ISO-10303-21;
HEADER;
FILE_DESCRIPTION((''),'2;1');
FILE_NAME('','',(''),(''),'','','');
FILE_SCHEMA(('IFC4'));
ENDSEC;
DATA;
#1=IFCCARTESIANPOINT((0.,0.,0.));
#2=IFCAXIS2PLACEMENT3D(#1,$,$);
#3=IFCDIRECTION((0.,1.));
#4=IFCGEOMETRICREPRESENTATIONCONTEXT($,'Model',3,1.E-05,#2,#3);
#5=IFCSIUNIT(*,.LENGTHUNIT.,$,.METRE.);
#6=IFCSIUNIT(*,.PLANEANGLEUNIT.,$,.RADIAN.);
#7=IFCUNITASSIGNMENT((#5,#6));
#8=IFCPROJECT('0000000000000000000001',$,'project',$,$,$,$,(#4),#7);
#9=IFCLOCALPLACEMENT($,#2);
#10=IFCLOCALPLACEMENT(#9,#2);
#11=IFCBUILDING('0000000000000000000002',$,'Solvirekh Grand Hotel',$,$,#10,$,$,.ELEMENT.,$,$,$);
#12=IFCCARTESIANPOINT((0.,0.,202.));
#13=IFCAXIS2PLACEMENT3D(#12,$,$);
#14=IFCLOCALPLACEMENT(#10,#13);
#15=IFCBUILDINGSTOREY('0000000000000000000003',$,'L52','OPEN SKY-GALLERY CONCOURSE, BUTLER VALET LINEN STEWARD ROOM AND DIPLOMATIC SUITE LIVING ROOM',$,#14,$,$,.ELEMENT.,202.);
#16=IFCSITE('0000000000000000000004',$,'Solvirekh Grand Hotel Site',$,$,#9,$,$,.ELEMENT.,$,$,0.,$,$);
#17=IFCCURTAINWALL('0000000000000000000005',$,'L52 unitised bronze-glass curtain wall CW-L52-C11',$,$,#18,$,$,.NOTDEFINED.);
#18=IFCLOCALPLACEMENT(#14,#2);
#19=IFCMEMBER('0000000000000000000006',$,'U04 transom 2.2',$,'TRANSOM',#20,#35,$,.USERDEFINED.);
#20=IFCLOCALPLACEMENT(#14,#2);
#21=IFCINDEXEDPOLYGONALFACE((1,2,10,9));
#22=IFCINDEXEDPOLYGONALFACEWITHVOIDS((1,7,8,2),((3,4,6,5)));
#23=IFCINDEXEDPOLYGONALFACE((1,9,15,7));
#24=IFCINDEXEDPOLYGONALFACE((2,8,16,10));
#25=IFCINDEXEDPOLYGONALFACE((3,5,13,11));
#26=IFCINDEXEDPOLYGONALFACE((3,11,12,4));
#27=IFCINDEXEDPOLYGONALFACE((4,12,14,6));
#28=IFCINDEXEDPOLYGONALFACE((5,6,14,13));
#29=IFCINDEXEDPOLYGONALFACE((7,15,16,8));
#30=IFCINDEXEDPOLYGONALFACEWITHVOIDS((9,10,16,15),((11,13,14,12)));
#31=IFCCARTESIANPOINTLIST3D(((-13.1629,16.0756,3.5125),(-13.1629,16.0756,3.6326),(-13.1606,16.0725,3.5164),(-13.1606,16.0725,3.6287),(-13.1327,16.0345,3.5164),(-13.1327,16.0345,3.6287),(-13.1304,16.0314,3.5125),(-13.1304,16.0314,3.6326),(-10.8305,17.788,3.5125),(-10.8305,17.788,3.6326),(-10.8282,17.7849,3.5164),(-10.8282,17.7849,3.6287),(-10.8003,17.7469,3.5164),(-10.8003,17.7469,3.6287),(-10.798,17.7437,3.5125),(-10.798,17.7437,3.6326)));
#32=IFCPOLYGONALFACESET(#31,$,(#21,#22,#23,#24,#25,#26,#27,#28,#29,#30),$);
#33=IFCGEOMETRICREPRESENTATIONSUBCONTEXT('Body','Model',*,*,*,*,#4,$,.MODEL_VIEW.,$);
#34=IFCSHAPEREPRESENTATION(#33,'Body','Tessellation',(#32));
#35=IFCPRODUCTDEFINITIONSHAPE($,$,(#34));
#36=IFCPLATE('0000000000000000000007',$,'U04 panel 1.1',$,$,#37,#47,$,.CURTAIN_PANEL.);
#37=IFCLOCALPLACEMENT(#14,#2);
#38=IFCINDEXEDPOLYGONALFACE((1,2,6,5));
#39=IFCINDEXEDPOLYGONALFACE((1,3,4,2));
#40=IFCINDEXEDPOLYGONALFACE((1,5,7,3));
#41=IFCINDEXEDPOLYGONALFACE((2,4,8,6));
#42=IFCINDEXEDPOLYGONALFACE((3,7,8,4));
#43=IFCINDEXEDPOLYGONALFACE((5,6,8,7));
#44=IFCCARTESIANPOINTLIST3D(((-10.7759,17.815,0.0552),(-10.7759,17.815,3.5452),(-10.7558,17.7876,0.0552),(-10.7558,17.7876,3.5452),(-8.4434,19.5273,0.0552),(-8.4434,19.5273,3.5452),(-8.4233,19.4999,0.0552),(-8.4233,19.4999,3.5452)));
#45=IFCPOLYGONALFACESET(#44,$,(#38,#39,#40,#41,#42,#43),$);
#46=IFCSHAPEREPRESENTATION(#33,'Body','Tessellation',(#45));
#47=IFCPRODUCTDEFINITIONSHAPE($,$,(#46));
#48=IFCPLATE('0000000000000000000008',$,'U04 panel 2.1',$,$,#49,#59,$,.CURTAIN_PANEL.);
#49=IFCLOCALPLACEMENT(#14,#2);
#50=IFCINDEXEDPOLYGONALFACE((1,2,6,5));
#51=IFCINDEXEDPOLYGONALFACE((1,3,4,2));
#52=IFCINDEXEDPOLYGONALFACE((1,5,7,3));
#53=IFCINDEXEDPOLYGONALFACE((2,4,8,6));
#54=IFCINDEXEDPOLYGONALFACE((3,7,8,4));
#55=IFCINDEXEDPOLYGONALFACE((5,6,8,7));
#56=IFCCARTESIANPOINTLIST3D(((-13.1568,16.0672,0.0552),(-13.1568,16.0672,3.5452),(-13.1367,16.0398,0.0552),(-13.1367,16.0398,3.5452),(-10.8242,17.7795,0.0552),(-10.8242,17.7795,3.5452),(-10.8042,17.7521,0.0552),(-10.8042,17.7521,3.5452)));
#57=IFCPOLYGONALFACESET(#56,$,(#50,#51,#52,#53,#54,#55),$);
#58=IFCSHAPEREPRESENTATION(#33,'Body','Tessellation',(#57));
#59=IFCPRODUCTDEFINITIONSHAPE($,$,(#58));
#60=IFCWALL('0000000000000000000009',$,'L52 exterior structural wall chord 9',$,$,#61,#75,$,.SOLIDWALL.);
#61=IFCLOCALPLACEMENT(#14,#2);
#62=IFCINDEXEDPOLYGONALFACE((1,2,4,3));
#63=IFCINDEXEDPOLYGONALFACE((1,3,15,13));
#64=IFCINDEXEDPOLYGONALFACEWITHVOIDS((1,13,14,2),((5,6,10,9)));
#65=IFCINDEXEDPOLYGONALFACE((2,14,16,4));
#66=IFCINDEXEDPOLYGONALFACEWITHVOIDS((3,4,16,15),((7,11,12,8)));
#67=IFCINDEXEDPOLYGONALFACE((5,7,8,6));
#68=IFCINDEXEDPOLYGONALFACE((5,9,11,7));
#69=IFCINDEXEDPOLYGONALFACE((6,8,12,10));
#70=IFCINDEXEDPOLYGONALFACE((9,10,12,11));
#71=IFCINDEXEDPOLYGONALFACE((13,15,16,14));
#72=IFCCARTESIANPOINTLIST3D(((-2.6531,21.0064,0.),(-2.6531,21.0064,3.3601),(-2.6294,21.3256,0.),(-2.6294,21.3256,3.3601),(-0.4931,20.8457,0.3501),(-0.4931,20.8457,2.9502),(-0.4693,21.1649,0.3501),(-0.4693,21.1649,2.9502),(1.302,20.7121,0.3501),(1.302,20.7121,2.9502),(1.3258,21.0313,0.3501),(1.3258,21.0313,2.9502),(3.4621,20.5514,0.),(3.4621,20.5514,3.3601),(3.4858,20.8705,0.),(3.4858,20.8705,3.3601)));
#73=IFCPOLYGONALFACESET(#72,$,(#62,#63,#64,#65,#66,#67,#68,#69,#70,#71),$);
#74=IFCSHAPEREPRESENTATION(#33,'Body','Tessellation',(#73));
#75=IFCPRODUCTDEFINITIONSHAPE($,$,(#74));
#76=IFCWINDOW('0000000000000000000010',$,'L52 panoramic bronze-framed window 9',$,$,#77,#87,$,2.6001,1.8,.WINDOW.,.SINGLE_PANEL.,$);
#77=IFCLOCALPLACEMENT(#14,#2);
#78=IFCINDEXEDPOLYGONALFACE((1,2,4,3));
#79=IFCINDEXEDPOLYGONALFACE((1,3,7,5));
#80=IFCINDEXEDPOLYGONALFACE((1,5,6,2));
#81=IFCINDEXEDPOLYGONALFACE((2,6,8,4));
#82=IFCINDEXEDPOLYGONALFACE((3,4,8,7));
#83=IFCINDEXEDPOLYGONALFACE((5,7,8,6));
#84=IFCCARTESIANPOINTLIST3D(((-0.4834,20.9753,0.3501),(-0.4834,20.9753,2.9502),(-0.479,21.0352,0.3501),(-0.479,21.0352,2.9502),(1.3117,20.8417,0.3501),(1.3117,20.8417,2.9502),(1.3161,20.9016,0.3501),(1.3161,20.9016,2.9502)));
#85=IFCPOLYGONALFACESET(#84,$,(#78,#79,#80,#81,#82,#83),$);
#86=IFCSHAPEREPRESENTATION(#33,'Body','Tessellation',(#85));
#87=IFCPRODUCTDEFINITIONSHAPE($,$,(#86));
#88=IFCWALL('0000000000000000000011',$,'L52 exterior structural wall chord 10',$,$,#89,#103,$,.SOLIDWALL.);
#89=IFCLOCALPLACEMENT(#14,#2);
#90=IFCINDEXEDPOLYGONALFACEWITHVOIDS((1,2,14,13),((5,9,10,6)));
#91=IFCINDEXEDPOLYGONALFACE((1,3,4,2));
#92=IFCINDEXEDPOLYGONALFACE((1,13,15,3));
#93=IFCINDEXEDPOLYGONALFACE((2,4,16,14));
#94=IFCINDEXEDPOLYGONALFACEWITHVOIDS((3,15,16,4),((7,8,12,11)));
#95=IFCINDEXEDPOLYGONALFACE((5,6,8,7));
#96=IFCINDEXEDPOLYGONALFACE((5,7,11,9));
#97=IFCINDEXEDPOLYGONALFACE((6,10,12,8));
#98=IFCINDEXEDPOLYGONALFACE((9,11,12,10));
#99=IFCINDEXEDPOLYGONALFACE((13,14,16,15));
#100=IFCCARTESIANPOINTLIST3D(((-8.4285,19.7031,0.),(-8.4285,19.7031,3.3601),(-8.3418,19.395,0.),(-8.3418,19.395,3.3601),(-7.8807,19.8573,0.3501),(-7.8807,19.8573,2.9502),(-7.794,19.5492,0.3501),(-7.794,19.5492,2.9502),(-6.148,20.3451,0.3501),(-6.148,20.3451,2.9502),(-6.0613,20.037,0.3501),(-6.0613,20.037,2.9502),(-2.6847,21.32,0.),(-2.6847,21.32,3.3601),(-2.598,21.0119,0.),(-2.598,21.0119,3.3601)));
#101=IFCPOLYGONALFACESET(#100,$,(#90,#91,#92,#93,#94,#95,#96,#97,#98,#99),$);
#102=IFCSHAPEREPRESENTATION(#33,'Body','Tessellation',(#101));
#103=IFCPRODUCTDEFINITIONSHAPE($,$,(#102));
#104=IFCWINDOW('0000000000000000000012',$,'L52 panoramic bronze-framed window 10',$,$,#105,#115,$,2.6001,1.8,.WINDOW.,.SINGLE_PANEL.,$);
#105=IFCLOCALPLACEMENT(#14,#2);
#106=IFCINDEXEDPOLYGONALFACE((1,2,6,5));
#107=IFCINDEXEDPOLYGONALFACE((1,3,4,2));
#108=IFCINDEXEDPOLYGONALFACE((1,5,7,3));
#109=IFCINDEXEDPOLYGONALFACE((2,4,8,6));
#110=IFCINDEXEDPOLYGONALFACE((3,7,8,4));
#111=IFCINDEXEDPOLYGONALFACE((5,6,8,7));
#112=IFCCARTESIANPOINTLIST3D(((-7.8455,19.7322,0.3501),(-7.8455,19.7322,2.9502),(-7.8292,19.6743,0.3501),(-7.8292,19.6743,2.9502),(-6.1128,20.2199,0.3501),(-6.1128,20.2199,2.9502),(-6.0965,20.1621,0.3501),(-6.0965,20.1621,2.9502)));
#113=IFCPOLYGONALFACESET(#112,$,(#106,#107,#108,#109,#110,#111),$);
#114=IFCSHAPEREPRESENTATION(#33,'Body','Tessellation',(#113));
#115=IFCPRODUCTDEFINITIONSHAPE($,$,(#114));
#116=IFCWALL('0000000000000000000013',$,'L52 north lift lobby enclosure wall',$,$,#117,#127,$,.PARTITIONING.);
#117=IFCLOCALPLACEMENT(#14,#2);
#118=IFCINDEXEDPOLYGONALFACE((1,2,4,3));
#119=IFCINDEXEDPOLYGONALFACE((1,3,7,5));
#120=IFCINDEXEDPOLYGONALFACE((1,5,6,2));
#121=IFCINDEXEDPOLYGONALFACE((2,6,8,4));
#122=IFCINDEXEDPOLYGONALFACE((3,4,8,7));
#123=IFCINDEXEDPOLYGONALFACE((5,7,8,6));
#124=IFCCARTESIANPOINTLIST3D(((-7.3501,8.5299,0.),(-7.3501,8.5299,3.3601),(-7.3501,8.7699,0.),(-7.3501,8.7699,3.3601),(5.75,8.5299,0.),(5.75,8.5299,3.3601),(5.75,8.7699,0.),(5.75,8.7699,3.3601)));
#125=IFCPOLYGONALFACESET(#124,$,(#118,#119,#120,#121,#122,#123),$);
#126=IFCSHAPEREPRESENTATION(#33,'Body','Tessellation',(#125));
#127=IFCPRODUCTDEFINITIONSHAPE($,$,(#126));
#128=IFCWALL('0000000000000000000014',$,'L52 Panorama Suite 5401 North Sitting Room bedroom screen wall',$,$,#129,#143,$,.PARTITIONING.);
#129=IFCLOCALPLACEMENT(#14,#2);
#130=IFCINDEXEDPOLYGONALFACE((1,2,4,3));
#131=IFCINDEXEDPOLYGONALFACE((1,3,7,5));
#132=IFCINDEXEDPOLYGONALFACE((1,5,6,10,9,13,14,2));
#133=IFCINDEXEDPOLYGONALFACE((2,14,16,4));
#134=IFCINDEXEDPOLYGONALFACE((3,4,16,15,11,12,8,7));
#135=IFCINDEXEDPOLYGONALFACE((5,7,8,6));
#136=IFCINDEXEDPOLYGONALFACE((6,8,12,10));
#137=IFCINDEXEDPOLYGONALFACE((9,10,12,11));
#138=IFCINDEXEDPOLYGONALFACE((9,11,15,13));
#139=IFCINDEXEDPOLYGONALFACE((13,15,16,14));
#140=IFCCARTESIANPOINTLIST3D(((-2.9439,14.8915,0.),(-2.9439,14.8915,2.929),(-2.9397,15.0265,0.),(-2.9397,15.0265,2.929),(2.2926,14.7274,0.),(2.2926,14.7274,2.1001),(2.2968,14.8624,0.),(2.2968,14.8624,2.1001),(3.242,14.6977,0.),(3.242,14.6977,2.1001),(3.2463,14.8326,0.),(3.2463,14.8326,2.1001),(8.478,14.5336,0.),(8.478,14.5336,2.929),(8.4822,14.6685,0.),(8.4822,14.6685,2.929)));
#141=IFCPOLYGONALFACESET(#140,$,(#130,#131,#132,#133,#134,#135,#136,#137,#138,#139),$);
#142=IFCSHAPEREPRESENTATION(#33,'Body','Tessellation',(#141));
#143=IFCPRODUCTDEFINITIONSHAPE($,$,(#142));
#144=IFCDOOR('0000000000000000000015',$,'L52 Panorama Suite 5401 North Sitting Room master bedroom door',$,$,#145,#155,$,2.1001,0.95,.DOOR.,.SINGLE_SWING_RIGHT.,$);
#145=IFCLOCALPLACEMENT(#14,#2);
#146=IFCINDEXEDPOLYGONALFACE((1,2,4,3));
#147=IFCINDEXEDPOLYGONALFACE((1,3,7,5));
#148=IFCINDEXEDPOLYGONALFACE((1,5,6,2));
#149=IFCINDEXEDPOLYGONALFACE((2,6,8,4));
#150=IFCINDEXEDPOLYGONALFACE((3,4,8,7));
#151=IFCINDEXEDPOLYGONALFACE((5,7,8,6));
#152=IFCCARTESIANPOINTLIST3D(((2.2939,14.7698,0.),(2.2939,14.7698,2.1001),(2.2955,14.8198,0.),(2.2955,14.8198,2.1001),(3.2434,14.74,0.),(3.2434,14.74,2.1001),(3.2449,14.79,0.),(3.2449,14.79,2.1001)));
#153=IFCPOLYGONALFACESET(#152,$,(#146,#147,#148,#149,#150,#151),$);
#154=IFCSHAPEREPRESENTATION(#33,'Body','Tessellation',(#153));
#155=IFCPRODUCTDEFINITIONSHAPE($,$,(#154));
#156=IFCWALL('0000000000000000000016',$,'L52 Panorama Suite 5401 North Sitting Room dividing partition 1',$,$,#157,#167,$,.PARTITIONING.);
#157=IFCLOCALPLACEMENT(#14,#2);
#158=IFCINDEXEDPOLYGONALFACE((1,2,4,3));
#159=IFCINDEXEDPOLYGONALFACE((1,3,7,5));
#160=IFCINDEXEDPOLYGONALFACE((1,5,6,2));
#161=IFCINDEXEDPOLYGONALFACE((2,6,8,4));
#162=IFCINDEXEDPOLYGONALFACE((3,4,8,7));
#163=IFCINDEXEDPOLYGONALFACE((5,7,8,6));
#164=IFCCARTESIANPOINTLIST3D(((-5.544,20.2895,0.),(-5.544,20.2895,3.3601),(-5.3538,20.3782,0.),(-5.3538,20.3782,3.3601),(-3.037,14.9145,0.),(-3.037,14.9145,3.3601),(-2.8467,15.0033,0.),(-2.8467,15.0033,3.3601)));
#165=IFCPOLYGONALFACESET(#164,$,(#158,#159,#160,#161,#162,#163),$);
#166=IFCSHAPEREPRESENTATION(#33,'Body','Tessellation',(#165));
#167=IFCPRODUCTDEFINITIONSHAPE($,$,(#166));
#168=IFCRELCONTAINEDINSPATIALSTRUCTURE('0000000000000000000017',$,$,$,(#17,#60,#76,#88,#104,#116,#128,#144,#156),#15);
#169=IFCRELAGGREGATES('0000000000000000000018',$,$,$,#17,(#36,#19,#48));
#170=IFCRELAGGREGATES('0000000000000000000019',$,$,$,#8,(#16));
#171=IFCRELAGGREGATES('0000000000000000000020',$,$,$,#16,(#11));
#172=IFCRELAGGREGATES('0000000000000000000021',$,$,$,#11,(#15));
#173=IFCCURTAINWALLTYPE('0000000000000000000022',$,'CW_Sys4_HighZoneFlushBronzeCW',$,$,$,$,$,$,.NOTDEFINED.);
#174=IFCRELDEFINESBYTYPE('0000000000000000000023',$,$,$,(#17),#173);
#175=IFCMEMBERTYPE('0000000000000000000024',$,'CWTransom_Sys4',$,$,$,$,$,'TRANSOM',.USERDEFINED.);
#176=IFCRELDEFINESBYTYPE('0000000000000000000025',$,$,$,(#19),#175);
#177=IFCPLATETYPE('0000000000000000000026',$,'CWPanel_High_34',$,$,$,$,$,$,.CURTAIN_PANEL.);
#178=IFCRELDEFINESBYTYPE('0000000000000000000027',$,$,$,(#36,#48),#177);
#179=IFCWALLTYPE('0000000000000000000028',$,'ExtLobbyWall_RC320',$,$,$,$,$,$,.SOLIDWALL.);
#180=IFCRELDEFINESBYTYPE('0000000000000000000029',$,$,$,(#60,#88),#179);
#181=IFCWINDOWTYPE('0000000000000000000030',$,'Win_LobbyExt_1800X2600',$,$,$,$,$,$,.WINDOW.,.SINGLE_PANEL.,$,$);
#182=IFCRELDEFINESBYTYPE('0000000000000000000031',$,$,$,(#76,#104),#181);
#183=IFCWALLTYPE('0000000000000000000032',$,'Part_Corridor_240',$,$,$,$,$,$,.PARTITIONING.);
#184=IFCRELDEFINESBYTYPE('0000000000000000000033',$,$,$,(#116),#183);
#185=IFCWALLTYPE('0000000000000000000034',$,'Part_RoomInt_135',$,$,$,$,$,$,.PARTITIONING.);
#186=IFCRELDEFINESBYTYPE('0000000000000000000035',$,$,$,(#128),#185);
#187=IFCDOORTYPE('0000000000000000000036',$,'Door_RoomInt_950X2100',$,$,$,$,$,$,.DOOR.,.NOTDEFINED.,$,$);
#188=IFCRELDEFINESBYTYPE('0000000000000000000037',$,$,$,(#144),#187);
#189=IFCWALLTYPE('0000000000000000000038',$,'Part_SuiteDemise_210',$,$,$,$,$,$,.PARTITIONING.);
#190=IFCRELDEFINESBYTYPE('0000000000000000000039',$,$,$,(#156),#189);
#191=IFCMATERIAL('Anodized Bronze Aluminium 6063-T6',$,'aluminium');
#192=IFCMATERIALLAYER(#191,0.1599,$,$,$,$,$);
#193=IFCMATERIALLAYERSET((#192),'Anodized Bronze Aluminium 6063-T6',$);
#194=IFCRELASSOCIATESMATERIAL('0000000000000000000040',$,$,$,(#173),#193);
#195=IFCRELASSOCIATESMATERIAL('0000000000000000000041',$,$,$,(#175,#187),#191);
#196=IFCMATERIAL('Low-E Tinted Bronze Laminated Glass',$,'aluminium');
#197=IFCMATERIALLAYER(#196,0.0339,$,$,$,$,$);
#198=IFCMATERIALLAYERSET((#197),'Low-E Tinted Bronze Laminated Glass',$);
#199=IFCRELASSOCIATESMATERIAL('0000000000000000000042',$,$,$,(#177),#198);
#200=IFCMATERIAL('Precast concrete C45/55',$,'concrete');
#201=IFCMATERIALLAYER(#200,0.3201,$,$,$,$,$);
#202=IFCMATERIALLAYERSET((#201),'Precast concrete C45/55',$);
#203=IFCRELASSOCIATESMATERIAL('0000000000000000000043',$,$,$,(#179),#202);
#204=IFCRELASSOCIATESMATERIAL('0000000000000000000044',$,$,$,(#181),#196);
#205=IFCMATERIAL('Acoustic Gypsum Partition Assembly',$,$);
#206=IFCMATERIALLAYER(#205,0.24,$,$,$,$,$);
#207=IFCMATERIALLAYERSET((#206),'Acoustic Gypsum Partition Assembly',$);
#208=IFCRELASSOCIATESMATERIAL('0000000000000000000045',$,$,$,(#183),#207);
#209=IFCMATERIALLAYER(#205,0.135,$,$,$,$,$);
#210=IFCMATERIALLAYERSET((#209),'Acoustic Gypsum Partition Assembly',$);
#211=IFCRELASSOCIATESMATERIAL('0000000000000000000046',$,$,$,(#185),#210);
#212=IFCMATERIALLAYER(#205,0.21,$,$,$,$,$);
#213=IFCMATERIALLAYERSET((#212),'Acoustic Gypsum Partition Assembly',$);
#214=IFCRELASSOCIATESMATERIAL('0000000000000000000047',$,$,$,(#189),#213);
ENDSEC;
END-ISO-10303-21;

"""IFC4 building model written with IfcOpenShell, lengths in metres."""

from ifc_helpers import new_model, si_unit, direction, frame, frame_2d, origin, origin_2d, place, context, subcontext, project, spatial, rectangle, hollow_rectangle, extrude, source, transform, mapped, material, layer, layer_set, material_profile, profile_set, type_object, element, fill, aggregate, save


model = new_model("IFC4")

# Units and contexts
model_context = context("Model", 3, precision=1e-05, world=origin(), true_north=direction((0.0, 1.0)))
body_context = subcontext(model_context, "Body", "Model", "MODEL_VIEW")
ifc_project = project(units=[si_unit("LENGTHUNIT", "METRE"), si_unit("PLANEANGLEUNIT", "RADIAN")], contexts=[model_context])

# Site, building, storey
site_placement = place(None, origin())
site = spatial("IfcSite", under=ifc_project, at=site_placement, Name="Solvirekh Grand Hotel Site", CompositionType="ELEMENT", RefElevation=0.0)
building_placement = place(site_placement, origin())
building = spatial("IfcBuilding", under=site, at=building_placement, Name="Solvirekh Grand Hotel", CompositionType="ELEMENT")
storey_placement = place(building_placement, frame((0.0, 0.0, 202.0)))
storey = spatial("IfcBuildingStorey", under=building, at=storey_placement, Name="L52", Description="OPEN SKY-GALLERY CONCOURSE, BUTLER VALET LINEN STEWARD ROOM AND DIPLOMATIC SUITE LIVING ROOM", CompositionType="ELEMENT", Elevation=202.0)

# Curtain wall, member, plates
ifc_material_1 = material(Name="Anodized Bronze Aluminium 6063-T6", Category="aluminium")
ifc_layer_1 = layer(ifc_material_1, 0.1599)
ifc_layer_set_1 = layer_set([ifc_layer_1], Name="Anodized Bronze Aluminium 6063-T6")
curtain_wall_type = type_object("IfcCurtainWallType", Name="CW_Sys4_HighZoneFlushBronzeCW", PredefinedType="NOTDEFINED", material=ifc_layer_set_1)
curtain_wall_placement = place(storey_placement, origin())
curtain_wall = element("IfcCurtainWall", 1, at=curtain_wall_placement, inside=storey, type_object=curtain_wall_type, Name="L52 unitised bronze-glass curtain wall CW-L52-C11", PredefinedType="NOTDEFINED")
ifc_material_profile_1 = material_profile(ifc_material_1, hollow_rectangle(XDim=0.0549, YDim=0.1201, WallThickness=0.0039, at=origin_2d()), Name="ALU RHS 120X55X4")
ifc_profile_set_1 = profile_set([ifc_material_profile_1], Name="Anodized Bronze Aluminium 6063-T6")
member_type_1 = type_object("IfcMemberType", Name="CWTransom_Sys4", ElementType="TRANSOM", PredefinedType="USERDEFINED", material=ifc_profile_set_1)
shared_shape_1 = source(origin(), body_context, "Body", "SweptSolid", [
    extrude(hollow_rectangle(XDim=0.0549, YDim=0.1201, WallThickness=0.0039, at=origin_2d()), origin(), (0.0, 0.0, 1.0), 2.8936),
])
member_1_placement = place(storey_placement, frame((-10.8142, 17.7659, 3.5725), z_axis=(-0.806094, -0.591788, 0.0), x_axis=(0.591788, -0.806094, 0.0)))
member_1 = element("IfcMember", 2, at=member_1_placement, type_object=member_type_1, Name="U04 transom 2.2", ObjectType="TRANSOM", PredefinedType="USERDEFINED", context=body_context, shape_type="MappedRepresentation", body=[
    mapped(shared_shape_1, transform((0.0, 0.0, 0.0), x_axis=(1.0, 0.0, 0.0), y_axis=(0.0, 1.0, 0.0), z_axis=(0.0, 0.0, 1.0), scale=1.0)),
])
ifc_material_2 = material(Name="Low-E Tinted Bronze Laminated Glass", Category="aluminium")
ifc_layer_2 = layer(ifc_material_2, 0.0339)
ifc_layer_set_2 = layer_set([ifc_layer_2], Name="Low-E Tinted Bronze Laminated Glass")
plate_type = type_object("IfcPlateType", Name="CWPanel_High_34", PredefinedType="CURTAIN_PANEL", material=ifc_layer_set_2)
shared_shape_2 = source(origin(), body_context, "Body", "SweptSolid", [
    extrude(rectangle(XDim=2.8936, YDim=0.0339, at=origin_2d()), origin(), (0.0, 0.0, 1.0), 3.49),
])
plate_1_placement = place(storey_placement, frame((-9.5996, 18.6575, 0.0552), z_axis=(0.0, 0.0, 1.0), x_axis=(-0.806112, -0.591763, 0.0)))
plate_1 = element("IfcPlate", 3, at=plate_1_placement, type_object=plate_type, Name="U04 panel 1.1", PredefinedType="CURTAIN_PANEL", context=body_context, shape_type="MappedRepresentation", body=[
    mapped(shared_shape_2, transform((0.0, 0.0, 0.0), x_axis=(1.0, 0.0, 0.0), y_axis=(0.0, 1.0, 0.0), z_axis=(0.0, 0.0, 1.0), scale=1.0)),
])
plate_2_placement = place(storey_placement, frame((-11.9805, 16.9097, 0.0552), z_axis=(0.0, 0.0, 1.0), x_axis=(-0.806112, -0.591763, 0.0)))
plate_2 = element("IfcPlate", 4, at=plate_2_placement, type_object=plate_type, Name="U04 panel 2.1", PredefinedType="CURTAIN_PANEL", context=body_context, shape_type="MappedRepresentation", body=[
    mapped(shared_shape_2, transform((0.0, 0.0, 0.0), x_axis=(1.0, 0.0, 0.0), y_axis=(0.0, 1.0, 0.0), z_axis=(0.0, 0.0, 1.0), scale=1.0)),
])
aggregate(curtain_wall, [plate_1, member_1, plate_2])

# Walls, openings, windows
ifc_material_3 = material(Name="Precast concrete C45/55", Category="concrete")
ifc_layer_3 = layer(ifc_material_3, 0.3201)
ifc_layer_set_3 = layer_set([ifc_layer_3], Name="Precast concrete C45/55")
wall_type_1 = type_object("IfcWallType", Name="ExtLobbyWall_RC320", PredefinedType="SOLIDWALL", material=ifc_layer_set_3)
wall_1_placement = place(storey_placement, frame((-2.6411, 21.166, 0.0), z_axis=(0.0, 0.0, 1.0), x_axis=(0.997242, -0.074212, 0.0)))
wall_1 = element("IfcWall", 5, at=wall_1_placement, inside=storey, type_object=wall_type_1, Name="L52 exterior structural wall chord 9", PredefinedType="SOLIDWALL", context=body_context, shape_type="SweptSolid", body=[
    extrude(rectangle(XDim=6.1321, YDim=0.3201, at=frame_2d((3.0659, 0.0))), origin(), (0.0, 0.0, 1.0), 3.3601),
])
opening_1_placement = place(wall_1_placement, frame((2.166, 0.0, 0.3501)))
opening_1 = element("IfcOpeningElement", 6, at=opening_1_placement, cuts=wall_1, PredefinedType="OPENING", context=body_context, shape_type="SweptSolid", body=[
    extrude(rectangle(XDim=1.8, YDim=2.6001, at=frame_2d((0.8999, 1.3))), frame((0.0, 0.1699, 0.0), z_axis=(0.0, -1.0, 0.0), x_axis=(1.0, 0.0, 0.0)), (0.0, 0.0, 1.0), 0.3401),
])
window_type = type_object("IfcWindowType", Name="Win_LobbyExt_1800X2600", PartitioningType="SINGLE_PANEL", PredefinedType="WINDOW", material=ifc_material_2)
window_1_placement = place(opening_1_placement, origin())
window_1 = element("IfcWindow", 7, at=window_1_placement, inside=storey, type_object=window_type, Name="L52 panoramic bronze-framed window 9", OverallHeight=2.6001, OverallWidth=1.8, PartitioningType="SINGLE_PANEL", PredefinedType="WINDOW", context=body_context, shape_type="SweptSolid", body=[
    extrude(rectangle(XDim=1.8, YDim=2.6001, at=frame_2d((0.8999, 1.3))), frame((0.0, 0.03, 0.0), z_axis=(0.0, -1.0, 0.0), x_axis=(1.0, 0.0, 0.0)), (0.0, 0.0, 1.0), 0.0601),
])
fill(opening_1, window_1)
wall_2_placement = place(storey_placement, frame((-8.385, 19.5491, 0.0), z_axis=(0.0, 0.0, 1.0), x_axis=(0.962587, 0.270974, 0.0)))
wall_2 = element("IfcWall", 8, at=wall_2_placement, inside=storey, type_object=wall_type_1, Name="L52 exterior structural wall chord 10", PredefinedType="SOLIDWALL", context=body_context, shape_type="SweptSolid", body=[
    extrude(rectangle(XDim=5.967, YDim=0.3201, at=frame_2d((2.9834, 0.0))), origin(), (0.0, 0.0, 1.0), 3.3601),
])
opening_2_placement = place(wall_2_placement, frame((0.5691, 0.0, 0.3501)))
opening_2 = element("IfcOpeningElement", 9, at=opening_2_placement, cuts=wall_2, PredefinedType="OPENING", context=body_context, shape_type="SweptSolid", body=[
    extrude(rectangle(XDim=1.8, YDim=2.6001, at=frame_2d((0.8999, 1.3))), frame((0.0, 0.1699, 0.0), z_axis=(0.0, -1.0, 0.0), x_axis=(1.0, 0.0, 0.0)), (0.0, 0.0, 1.0), 0.3401),
])
window_2_placement = place(opening_2_placement, origin())
window_2 = element("IfcWindow", 10, at=window_2_placement, inside=storey, type_object=window_type, Name="L52 panoramic bronze-framed window 10", OverallHeight=2.6001, OverallWidth=1.8, PartitioningType="SINGLE_PANEL", PredefinedType="WINDOW", context=body_context, shape_type="SweptSolid", body=[
    extrude(rectangle(XDim=1.8, YDim=2.6001, at=frame_2d((0.8999, 1.3))), frame((0.0, 0.03, 0.0), z_axis=(0.0, -1.0, 0.0), x_axis=(1.0, 0.0, 0.0)), (0.0, 0.0, 1.0), 0.0601),
])
fill(opening_2, window_2)

# Wall
ifc_material_4 = material(Name="Acoustic Gypsum Partition Assembly")
ifc_layer_4 = layer(ifc_material_4, 0.24)
ifc_layer_set_4 = layer_set([ifc_layer_4], Name="Acoustic Gypsum Partition Assembly")
wall_type_2 = type_object("IfcWallType", Name="Part_Corridor_240", PredefinedType="PARTITIONING", material=ifc_layer_set_4)
wall_3_placement = place(storey_placement, frame((-7.3501, 8.6499, 0.0), z_axis=(0.0, 0.0, 1.0), x_axis=(1.0, 0.0, 0.0)))
element("IfcWall", 11, at=wall_3_placement, inside=storey, type_object=wall_type_2, Name="L52 north lift lobby enclosure wall", PredefinedType="PARTITIONING", context=body_context, shape_type="SweptSolid", body=[
    extrude(rectangle(XDim=13.1001, YDim=0.24, at=frame_2d((6.55, 0.0))), origin(), (0.0, 0.0, 1.0), 3.3601),
])

# Wall, opening, door
ifc_layer_5 = layer(ifc_material_4, 0.135)
ifc_layer_set_5 = layer_set([ifc_layer_5], Name="Acoustic Gypsum Partition Assembly")
wall_type_3 = type_object("IfcWallType", Name="Part_RoomInt_135", PredefinedType="PARTITIONING", material=ifc_layer_set_5)
wall_4_placement = place(storey_placement, frame((-2.9419, 14.959, 0.0), z_axis=(0.0, 0.0, 1.0), x_axis=(0.999509, -0.03132, 0.0)))
wall_4 = element("IfcWall", 12, at=wall_4_placement, inside=storey, type_object=wall_type_3, Name="L52 Panorama Suite 5401 North Sitting Room bedroom screen wall", PredefinedType="PARTITIONING", context=body_context, shape_type="SweptSolid", body=[
    extrude(rectangle(XDim=11.4275, YDim=0.135, at=frame_2d((5.7139, 0.0))), origin(), (0.0, 0.0, 1.0), 2.929),
])
opening_3_placement = place(wall_4_placement, frame((5.239, 0.0, 0.0)))
opening_3 = element("IfcOpeningElement", 13, at=opening_3_placement, cuts=wall_4, PredefinedType="OPENING", context=body_context, shape_type="SweptSolid", body=[
    extrude(rectangle(XDim=0.95, YDim=2.1001, at=frame_2d((0.4751, 1.05))), frame((0.0, 0.0776, 0.0), z_axis=(0.0, -1.0, 0.0), x_axis=(1.0, 0.0, 0.0)), (0.0, 0.0, 1.0), 0.155),
])
door_type = type_object("IfcDoorType", Name="Door_RoomInt_950X2100", OperationType="NOTDEFINED", PredefinedType="DOOR", material=ifc_material_1)
door_placement = place(opening_3_placement, origin())
door = element("IfcDoor", 14, at=door_placement, inside=storey, type_object=door_type, Name="L52 Panorama Suite 5401 North Sitting Room master bedroom door", OperationType="SINGLE_SWING_RIGHT", OverallHeight=2.1001, OverallWidth=0.95, PredefinedType="DOOR", context=body_context, shape_type="SweptSolid", body=[
    extrude(rectangle(XDim=0.95, YDim=2.1001, at=frame_2d((0.4751, 1.05))), frame((0.0, 0.0249, 0.0), z_axis=(0.0, -1.0, 0.0), x_axis=(1.0, 0.0, 0.0)), (0.0, 0.0, 1.0), 0.05),
])
fill(opening_3, door)

# Wall
ifc_layer_6 = layer(ifc_material_4, 0.21)
ifc_layer_set_6 = layer_set([ifc_layer_6], Name="Acoustic Gypsum Partition Assembly")
wall_type_4 = type_object("IfcWallType", Name="Part_SuiteDemise_210", PredefinedType="PARTITIONING", material=ifc_layer_set_6)
wall_5_placement = place(storey_placement, frame((-2.9419, 14.959, 0.0), z_axis=(0.0, 0.0, 1.0), x_axis=(-0.422712, 0.906264, 0.0)))
element("IfcWall", 15, at=wall_5_placement, inside=storey, type_object=wall_type_4, Name="L52 Panorama Suite 5401 North Sitting Room dividing partition 1", PredefinedType="PARTITIONING", context=body_context, shape_type="SweptSolid", body=[
    extrude(rectangle(XDim=5.9309, YDim=0.21, at=frame_2d((2.9653, 0.0))), origin(), (0.0, 0.0, 1.0), 3.3601),
])

save(model, "model.ifc")
